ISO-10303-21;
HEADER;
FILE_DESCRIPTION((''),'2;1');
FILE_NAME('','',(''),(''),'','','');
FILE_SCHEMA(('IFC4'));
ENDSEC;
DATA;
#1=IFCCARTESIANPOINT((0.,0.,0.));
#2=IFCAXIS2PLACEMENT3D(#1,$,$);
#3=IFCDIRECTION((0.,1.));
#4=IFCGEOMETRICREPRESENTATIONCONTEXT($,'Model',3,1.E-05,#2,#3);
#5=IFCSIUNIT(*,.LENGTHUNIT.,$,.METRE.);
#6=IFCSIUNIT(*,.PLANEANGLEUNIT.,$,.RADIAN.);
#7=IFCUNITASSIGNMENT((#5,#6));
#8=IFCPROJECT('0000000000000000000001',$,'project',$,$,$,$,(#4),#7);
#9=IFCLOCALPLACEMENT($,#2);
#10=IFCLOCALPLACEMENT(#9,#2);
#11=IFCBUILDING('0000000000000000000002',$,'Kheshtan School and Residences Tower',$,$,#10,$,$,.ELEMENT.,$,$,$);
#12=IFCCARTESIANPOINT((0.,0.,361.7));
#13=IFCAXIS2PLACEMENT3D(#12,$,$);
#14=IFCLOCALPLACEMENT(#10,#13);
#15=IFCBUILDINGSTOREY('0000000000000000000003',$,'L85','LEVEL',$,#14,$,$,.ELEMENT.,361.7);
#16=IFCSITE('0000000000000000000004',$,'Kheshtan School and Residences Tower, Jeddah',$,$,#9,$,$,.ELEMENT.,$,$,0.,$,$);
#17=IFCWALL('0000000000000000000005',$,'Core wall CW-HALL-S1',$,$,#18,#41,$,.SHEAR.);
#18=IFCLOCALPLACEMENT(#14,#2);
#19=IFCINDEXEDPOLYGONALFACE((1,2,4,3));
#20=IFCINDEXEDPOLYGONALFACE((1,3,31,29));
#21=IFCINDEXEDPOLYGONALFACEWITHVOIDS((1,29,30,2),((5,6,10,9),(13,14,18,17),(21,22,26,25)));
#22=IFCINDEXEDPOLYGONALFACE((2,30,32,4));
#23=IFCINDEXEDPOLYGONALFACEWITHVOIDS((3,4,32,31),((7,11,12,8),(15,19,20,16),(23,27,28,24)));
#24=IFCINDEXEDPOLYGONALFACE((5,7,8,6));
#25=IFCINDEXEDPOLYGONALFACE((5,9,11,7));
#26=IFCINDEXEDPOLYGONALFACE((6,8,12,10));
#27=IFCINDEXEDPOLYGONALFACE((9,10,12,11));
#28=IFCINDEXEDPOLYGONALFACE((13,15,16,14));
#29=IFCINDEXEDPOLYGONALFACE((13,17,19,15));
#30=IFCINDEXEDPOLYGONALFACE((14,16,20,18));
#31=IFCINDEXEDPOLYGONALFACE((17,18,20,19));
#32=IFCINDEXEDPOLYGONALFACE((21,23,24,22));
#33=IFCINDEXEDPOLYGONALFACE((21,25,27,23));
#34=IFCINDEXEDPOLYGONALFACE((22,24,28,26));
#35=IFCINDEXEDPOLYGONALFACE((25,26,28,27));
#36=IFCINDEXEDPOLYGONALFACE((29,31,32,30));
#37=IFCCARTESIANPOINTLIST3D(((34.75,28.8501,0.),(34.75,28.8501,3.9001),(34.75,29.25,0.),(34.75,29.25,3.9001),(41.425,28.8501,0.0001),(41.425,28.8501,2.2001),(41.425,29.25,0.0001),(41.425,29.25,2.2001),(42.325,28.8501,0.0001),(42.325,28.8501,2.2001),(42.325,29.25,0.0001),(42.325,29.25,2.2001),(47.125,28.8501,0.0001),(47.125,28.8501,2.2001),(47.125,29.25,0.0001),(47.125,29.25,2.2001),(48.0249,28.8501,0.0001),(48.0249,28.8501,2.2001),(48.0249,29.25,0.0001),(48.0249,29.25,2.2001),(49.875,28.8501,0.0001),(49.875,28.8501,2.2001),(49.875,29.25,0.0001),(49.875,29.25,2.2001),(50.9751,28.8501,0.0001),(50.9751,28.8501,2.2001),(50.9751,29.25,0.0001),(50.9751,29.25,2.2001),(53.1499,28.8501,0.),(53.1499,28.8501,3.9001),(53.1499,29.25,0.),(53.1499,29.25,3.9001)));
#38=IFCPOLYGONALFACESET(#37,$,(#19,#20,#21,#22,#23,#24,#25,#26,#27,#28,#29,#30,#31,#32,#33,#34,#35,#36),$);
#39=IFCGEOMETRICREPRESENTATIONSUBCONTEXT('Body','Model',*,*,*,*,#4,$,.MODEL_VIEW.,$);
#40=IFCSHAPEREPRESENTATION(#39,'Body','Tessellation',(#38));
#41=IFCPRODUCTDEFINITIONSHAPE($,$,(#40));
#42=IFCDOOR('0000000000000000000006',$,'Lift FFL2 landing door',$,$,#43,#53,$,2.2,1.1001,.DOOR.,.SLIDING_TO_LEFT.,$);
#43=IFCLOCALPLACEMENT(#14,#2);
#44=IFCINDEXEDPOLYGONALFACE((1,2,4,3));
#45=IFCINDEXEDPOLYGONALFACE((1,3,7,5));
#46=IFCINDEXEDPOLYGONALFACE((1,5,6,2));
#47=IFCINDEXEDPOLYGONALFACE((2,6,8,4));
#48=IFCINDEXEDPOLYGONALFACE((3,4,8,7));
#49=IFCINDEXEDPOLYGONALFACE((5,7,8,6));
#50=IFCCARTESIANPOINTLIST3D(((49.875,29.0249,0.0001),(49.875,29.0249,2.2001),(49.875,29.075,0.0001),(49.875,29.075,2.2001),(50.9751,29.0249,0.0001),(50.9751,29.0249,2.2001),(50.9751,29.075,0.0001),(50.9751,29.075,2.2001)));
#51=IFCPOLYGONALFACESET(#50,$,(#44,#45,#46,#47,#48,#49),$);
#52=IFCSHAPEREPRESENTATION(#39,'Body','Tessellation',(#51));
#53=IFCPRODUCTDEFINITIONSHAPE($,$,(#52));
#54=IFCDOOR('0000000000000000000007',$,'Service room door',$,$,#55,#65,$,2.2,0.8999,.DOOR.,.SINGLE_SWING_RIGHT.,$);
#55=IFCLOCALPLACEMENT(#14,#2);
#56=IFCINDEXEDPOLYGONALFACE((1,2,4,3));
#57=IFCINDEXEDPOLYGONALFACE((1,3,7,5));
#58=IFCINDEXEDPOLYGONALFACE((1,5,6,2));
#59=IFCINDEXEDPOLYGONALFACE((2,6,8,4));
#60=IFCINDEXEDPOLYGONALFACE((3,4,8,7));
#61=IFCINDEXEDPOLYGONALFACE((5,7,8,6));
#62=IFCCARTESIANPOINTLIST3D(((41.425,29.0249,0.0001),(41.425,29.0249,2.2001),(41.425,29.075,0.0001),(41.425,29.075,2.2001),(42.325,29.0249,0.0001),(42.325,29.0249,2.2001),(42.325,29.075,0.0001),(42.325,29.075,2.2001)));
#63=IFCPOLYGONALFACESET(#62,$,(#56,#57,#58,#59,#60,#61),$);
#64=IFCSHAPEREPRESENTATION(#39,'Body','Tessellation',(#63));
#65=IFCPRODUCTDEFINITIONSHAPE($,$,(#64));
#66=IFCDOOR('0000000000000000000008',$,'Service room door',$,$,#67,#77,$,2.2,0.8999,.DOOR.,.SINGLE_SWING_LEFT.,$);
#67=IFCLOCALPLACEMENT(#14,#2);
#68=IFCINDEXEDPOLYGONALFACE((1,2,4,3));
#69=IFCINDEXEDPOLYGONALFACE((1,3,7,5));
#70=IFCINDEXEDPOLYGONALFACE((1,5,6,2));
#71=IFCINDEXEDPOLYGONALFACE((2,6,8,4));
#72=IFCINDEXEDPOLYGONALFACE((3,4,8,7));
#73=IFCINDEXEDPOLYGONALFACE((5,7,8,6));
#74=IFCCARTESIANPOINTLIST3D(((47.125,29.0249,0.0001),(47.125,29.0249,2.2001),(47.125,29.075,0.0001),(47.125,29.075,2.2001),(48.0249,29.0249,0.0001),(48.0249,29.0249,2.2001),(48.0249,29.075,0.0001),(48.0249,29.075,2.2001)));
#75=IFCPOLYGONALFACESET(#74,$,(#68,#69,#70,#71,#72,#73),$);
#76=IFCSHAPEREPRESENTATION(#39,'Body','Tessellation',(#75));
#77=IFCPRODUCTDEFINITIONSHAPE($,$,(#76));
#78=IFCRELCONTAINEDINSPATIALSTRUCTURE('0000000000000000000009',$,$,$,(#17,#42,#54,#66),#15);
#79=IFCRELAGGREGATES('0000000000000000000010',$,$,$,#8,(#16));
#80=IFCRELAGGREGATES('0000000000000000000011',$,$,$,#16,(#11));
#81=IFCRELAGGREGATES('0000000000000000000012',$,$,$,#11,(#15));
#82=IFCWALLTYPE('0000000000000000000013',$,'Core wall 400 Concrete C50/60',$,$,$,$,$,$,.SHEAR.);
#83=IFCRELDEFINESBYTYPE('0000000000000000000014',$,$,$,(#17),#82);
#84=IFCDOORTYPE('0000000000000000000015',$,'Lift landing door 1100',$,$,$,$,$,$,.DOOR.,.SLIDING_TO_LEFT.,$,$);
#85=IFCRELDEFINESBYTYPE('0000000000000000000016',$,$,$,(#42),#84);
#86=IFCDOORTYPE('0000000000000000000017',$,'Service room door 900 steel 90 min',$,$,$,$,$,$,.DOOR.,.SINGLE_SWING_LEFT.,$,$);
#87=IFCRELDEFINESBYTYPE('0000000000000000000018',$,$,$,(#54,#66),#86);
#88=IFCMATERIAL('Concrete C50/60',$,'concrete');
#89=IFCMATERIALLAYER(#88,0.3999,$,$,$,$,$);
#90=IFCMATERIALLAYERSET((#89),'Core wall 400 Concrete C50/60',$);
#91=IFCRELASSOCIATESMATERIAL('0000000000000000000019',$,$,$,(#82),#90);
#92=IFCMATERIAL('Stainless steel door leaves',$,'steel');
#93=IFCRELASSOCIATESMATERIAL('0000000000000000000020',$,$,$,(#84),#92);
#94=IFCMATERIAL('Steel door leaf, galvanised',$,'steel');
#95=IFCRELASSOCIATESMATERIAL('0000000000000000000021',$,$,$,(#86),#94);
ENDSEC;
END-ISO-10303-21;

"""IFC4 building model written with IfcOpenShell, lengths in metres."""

from ifc_helpers import new_model, si_unit, direction, frame, frame_2d, origin, place, context, subcontext, project, spatial, rectangle, extrude, source, transform, mapped, material, layer, layer_set, type_object, element, fill, save


model = new_model("IFC4")

# Units and contexts
model_context = context("Model", 3, precision=1e-05, world=origin(), true_north=direction((0.0, 1.0)))
body_context = subcontext(model_context, "Body", "Model", "MODEL_VIEW")
ifc_project = project(units=[si_unit("LENGTHUNIT", "METRE"), si_unit("PLANEANGLEUNIT", "RADIAN")], contexts=[model_context])

# Site, building, storey
site_placement = place(None, origin())
site = spatial("IfcSite", under=ifc_project, at=site_placement, Name="Kheshtan School and Residences Tower, Jeddah", CompositionType="ELEMENT", RefElevation=0.0)
building_placement = place(site_placement, origin())
building = spatial("IfcBuilding", under=site, at=building_placement, Name="Kheshtan School and Residences Tower", CompositionType="ELEMENT")
storey_placement = place(building_placement, frame((0.0, 0.0, 361.7)))
storey = spatial("IfcBuildingStorey", under=building, at=storey_placement, Name="L85", Description="LEVEL", CompositionType="ELEMENT", Elevation=361.7)

# Wall, openings, doors
ifc_material_1 = material(Name="Concrete C50/60", Category="concrete")
ifc_layer_1 = layer(ifc_material_1, 0.3999)
ifc_layer_set_1 = layer_set([ifc_layer_1], Name="Core wall 400 Concrete C50/60")
wall_type_1 = type_object("IfcWallType", Name="Core wall 400 Concrete C50/60", PredefinedType="SHEAR", material=ifc_layer_set_1)
wall_1_placement = place(storey_placement, frame((34.75, 29.05, 0.0), z_axis=(0.0, 0.0, 1.0), x_axis=(1.0, 0.0, 0.0)))
wall_1 = element("IfcWall", 1, at=wall_1_placement, inside=storey, type_object=wall_type_1, Name="Core wall CW-HALL-S1", PredefinedType="SHEAR", context=body_context, shape_type="SweptSolid", body=[
    extrude(rectangle(XDim=18.3999, YDim=0.3999, at=frame_2d((9.2, 0.0))), origin(), (0.0, 0.0, 1.0), 3.9001),
])
opening_1_placement = place(wall_1_placement, frame((15.125, 0.0, 0.0)))
opening_1 = element("IfcOpeningElement", 2, at=opening_1_placement, cuts=wall_1, PredefinedType="OPENING", context=body_context, shape_type="SweptSolid", body=[
    extrude(rectangle(XDim=1.1001, YDim=2.2, at=frame_2d((0.55, 1.1001))), frame((0.0, 0.21, 0.0), z_axis=(0.0, -1.0, 0.0), x_axis=(1.0, 0.0, 0.0)), (0.0, 0.0, 1.0), 0.4199),
])
opening_2_placement = place(wall_1_placement, frame((6.675, 0.0, 0.0)))
opening_2 = element("IfcOpeningElement", 3, at=opening_2_placement, cuts=wall_1, PredefinedType="OPENING", context=body_context, shape_type="SweptSolid", body=[
    extrude(rectangle(XDim=0.8999, YDim=2.2, at=frame_2d((0.45, 1.1001))), frame((0.0, 0.21, 0.0), z_axis=(0.0, -1.0, 0.0), x_axis=(1.0, 0.0, 0.0)), (0.0, 0.0, 1.0), 0.4199),
])
opening_3_placement = place(wall_1_placement, frame((12.375, 0.0, 0.0)))
opening_3 = element("IfcOpeningElement", 4, at=opening_3_placement, cuts=wall_1, PredefinedType="OPENING", context=body_context, shape_type="SweptSolid", body=[
    extrude(rectangle(XDim=0.8999, YDim=2.2, at=frame_2d((0.45, 1.1001))), frame((0.0, 0.21, 0.0), z_axis=(0.0, -1.0, 0.0), x_axis=(1.0, 0.0, 0.0)), (0.0, 0.0, 1.0), 0.4199),
])
ifc_material_2 = material(Name="Stainless steel door leaves", Category="steel")
door_type_1 = type_object("IfcDoorType", Name="Lift landing door 1100", OperationType="SLIDING_TO_LEFT", PredefinedType="DOOR", material=ifc_material_2)
shared_shape_1 = source(origin(), body_context, "Body", "SweptSolid", [
    extrude(rectangle(XDim=1.1001, YDim=2.2, at=frame_2d((0.55, 1.1001))), frame((0.0, 0.0249, 0.0), z_axis=(0.0, -1.0, 0.0), x_axis=(1.0, 0.0, 0.0)), (0.0, 0.0, 1.0), 0.05),
])
door_1_placement = place(opening_1_placement, origin())
door_1 = element("IfcDoor", 5, at=door_1_placement, inside=storey, type_object=door_type_1, Name="Lift FFL2 landing door", OperationType="SLIDING_TO_LEFT", OverallHeight=2.2, OverallWidth=1.1001, PredefinedType="DOOR", context=body_context, shape_type="MappedRepresentation", body=[
    mapped(shared_shape_1, transform((0.0, 0.0, 0.0), x_axis=(1.0, 0.0, 0.0), y_axis=(0.0, 1.0, 0.0), z_axis=(0.0, 0.0, 1.0), scale=1.0)),
])
fill(opening_1, door_1)
ifc_material_3 = material(Name="Steel door leaf, galvanised", Category="steel")
door_type_2 = type_object("IfcDoorType", Name="Service room door 900 steel 90 min", OperationType="SINGLE_SWING_LEFT", PredefinedType="DOOR", material=ifc_material_3)
shared_shape_2 = source(origin(), body_context, "Body", "SweptSolid", [
    extrude(rectangle(XDim=0.8999, YDim=2.2, at=frame_2d((0.45, 1.1001))), frame((0.0, 0.0249, 0.0), z_axis=(0.0, -1.0, 0.0), x_axis=(1.0, 0.0, 0.0)), (0.0, 0.0, 1.0), 0.05),
])
door_2_placement = place(opening_2_placement, origin())
door_2 = element("IfcDoor", 6, at=door_2_placement, inside=storey, type_object=door_type_2, Name="Service room door", OperationType="SINGLE_SWING_RIGHT", OverallHeight=2.2, OverallWidth=0.8999, PredefinedType="DOOR", context=body_context, shape_type="MappedRepresentation", body=[
    mapped(shared_shape_2, transform((0.0, 0.0, 0.0), x_axis=(1.0, 0.0, 0.0), y_axis=(0.0, 1.0, 0.0), z_axis=(0.0, 0.0, 1.0), scale=1.0)),
])
fill(opening_2, door_2)
door_3_placement = place(opening_3_placement, origin())
door_3 = element("IfcDoor", 7, at=door_3_placement, inside=storey, type_object=door_type_2, Name="Service room door", OperationType="SINGLE_SWING_LEFT", OverallHeight=2.2, OverallWidth=0.8999, PredefinedType="DOOR", context=body_context, shape_type="MappedRepresentation", body=[
    mapped(shared_shape_2, transform((0.0, 0.0, 0.0), x_axis=(1.0, 0.0, 0.0), y_axis=(0.0, 1.0, 0.0), z_axis=(0.0, 0.0, 1.0), scale=1.0)),
])
fill(opening_3, door_3)

save(model, "model.ifc")
